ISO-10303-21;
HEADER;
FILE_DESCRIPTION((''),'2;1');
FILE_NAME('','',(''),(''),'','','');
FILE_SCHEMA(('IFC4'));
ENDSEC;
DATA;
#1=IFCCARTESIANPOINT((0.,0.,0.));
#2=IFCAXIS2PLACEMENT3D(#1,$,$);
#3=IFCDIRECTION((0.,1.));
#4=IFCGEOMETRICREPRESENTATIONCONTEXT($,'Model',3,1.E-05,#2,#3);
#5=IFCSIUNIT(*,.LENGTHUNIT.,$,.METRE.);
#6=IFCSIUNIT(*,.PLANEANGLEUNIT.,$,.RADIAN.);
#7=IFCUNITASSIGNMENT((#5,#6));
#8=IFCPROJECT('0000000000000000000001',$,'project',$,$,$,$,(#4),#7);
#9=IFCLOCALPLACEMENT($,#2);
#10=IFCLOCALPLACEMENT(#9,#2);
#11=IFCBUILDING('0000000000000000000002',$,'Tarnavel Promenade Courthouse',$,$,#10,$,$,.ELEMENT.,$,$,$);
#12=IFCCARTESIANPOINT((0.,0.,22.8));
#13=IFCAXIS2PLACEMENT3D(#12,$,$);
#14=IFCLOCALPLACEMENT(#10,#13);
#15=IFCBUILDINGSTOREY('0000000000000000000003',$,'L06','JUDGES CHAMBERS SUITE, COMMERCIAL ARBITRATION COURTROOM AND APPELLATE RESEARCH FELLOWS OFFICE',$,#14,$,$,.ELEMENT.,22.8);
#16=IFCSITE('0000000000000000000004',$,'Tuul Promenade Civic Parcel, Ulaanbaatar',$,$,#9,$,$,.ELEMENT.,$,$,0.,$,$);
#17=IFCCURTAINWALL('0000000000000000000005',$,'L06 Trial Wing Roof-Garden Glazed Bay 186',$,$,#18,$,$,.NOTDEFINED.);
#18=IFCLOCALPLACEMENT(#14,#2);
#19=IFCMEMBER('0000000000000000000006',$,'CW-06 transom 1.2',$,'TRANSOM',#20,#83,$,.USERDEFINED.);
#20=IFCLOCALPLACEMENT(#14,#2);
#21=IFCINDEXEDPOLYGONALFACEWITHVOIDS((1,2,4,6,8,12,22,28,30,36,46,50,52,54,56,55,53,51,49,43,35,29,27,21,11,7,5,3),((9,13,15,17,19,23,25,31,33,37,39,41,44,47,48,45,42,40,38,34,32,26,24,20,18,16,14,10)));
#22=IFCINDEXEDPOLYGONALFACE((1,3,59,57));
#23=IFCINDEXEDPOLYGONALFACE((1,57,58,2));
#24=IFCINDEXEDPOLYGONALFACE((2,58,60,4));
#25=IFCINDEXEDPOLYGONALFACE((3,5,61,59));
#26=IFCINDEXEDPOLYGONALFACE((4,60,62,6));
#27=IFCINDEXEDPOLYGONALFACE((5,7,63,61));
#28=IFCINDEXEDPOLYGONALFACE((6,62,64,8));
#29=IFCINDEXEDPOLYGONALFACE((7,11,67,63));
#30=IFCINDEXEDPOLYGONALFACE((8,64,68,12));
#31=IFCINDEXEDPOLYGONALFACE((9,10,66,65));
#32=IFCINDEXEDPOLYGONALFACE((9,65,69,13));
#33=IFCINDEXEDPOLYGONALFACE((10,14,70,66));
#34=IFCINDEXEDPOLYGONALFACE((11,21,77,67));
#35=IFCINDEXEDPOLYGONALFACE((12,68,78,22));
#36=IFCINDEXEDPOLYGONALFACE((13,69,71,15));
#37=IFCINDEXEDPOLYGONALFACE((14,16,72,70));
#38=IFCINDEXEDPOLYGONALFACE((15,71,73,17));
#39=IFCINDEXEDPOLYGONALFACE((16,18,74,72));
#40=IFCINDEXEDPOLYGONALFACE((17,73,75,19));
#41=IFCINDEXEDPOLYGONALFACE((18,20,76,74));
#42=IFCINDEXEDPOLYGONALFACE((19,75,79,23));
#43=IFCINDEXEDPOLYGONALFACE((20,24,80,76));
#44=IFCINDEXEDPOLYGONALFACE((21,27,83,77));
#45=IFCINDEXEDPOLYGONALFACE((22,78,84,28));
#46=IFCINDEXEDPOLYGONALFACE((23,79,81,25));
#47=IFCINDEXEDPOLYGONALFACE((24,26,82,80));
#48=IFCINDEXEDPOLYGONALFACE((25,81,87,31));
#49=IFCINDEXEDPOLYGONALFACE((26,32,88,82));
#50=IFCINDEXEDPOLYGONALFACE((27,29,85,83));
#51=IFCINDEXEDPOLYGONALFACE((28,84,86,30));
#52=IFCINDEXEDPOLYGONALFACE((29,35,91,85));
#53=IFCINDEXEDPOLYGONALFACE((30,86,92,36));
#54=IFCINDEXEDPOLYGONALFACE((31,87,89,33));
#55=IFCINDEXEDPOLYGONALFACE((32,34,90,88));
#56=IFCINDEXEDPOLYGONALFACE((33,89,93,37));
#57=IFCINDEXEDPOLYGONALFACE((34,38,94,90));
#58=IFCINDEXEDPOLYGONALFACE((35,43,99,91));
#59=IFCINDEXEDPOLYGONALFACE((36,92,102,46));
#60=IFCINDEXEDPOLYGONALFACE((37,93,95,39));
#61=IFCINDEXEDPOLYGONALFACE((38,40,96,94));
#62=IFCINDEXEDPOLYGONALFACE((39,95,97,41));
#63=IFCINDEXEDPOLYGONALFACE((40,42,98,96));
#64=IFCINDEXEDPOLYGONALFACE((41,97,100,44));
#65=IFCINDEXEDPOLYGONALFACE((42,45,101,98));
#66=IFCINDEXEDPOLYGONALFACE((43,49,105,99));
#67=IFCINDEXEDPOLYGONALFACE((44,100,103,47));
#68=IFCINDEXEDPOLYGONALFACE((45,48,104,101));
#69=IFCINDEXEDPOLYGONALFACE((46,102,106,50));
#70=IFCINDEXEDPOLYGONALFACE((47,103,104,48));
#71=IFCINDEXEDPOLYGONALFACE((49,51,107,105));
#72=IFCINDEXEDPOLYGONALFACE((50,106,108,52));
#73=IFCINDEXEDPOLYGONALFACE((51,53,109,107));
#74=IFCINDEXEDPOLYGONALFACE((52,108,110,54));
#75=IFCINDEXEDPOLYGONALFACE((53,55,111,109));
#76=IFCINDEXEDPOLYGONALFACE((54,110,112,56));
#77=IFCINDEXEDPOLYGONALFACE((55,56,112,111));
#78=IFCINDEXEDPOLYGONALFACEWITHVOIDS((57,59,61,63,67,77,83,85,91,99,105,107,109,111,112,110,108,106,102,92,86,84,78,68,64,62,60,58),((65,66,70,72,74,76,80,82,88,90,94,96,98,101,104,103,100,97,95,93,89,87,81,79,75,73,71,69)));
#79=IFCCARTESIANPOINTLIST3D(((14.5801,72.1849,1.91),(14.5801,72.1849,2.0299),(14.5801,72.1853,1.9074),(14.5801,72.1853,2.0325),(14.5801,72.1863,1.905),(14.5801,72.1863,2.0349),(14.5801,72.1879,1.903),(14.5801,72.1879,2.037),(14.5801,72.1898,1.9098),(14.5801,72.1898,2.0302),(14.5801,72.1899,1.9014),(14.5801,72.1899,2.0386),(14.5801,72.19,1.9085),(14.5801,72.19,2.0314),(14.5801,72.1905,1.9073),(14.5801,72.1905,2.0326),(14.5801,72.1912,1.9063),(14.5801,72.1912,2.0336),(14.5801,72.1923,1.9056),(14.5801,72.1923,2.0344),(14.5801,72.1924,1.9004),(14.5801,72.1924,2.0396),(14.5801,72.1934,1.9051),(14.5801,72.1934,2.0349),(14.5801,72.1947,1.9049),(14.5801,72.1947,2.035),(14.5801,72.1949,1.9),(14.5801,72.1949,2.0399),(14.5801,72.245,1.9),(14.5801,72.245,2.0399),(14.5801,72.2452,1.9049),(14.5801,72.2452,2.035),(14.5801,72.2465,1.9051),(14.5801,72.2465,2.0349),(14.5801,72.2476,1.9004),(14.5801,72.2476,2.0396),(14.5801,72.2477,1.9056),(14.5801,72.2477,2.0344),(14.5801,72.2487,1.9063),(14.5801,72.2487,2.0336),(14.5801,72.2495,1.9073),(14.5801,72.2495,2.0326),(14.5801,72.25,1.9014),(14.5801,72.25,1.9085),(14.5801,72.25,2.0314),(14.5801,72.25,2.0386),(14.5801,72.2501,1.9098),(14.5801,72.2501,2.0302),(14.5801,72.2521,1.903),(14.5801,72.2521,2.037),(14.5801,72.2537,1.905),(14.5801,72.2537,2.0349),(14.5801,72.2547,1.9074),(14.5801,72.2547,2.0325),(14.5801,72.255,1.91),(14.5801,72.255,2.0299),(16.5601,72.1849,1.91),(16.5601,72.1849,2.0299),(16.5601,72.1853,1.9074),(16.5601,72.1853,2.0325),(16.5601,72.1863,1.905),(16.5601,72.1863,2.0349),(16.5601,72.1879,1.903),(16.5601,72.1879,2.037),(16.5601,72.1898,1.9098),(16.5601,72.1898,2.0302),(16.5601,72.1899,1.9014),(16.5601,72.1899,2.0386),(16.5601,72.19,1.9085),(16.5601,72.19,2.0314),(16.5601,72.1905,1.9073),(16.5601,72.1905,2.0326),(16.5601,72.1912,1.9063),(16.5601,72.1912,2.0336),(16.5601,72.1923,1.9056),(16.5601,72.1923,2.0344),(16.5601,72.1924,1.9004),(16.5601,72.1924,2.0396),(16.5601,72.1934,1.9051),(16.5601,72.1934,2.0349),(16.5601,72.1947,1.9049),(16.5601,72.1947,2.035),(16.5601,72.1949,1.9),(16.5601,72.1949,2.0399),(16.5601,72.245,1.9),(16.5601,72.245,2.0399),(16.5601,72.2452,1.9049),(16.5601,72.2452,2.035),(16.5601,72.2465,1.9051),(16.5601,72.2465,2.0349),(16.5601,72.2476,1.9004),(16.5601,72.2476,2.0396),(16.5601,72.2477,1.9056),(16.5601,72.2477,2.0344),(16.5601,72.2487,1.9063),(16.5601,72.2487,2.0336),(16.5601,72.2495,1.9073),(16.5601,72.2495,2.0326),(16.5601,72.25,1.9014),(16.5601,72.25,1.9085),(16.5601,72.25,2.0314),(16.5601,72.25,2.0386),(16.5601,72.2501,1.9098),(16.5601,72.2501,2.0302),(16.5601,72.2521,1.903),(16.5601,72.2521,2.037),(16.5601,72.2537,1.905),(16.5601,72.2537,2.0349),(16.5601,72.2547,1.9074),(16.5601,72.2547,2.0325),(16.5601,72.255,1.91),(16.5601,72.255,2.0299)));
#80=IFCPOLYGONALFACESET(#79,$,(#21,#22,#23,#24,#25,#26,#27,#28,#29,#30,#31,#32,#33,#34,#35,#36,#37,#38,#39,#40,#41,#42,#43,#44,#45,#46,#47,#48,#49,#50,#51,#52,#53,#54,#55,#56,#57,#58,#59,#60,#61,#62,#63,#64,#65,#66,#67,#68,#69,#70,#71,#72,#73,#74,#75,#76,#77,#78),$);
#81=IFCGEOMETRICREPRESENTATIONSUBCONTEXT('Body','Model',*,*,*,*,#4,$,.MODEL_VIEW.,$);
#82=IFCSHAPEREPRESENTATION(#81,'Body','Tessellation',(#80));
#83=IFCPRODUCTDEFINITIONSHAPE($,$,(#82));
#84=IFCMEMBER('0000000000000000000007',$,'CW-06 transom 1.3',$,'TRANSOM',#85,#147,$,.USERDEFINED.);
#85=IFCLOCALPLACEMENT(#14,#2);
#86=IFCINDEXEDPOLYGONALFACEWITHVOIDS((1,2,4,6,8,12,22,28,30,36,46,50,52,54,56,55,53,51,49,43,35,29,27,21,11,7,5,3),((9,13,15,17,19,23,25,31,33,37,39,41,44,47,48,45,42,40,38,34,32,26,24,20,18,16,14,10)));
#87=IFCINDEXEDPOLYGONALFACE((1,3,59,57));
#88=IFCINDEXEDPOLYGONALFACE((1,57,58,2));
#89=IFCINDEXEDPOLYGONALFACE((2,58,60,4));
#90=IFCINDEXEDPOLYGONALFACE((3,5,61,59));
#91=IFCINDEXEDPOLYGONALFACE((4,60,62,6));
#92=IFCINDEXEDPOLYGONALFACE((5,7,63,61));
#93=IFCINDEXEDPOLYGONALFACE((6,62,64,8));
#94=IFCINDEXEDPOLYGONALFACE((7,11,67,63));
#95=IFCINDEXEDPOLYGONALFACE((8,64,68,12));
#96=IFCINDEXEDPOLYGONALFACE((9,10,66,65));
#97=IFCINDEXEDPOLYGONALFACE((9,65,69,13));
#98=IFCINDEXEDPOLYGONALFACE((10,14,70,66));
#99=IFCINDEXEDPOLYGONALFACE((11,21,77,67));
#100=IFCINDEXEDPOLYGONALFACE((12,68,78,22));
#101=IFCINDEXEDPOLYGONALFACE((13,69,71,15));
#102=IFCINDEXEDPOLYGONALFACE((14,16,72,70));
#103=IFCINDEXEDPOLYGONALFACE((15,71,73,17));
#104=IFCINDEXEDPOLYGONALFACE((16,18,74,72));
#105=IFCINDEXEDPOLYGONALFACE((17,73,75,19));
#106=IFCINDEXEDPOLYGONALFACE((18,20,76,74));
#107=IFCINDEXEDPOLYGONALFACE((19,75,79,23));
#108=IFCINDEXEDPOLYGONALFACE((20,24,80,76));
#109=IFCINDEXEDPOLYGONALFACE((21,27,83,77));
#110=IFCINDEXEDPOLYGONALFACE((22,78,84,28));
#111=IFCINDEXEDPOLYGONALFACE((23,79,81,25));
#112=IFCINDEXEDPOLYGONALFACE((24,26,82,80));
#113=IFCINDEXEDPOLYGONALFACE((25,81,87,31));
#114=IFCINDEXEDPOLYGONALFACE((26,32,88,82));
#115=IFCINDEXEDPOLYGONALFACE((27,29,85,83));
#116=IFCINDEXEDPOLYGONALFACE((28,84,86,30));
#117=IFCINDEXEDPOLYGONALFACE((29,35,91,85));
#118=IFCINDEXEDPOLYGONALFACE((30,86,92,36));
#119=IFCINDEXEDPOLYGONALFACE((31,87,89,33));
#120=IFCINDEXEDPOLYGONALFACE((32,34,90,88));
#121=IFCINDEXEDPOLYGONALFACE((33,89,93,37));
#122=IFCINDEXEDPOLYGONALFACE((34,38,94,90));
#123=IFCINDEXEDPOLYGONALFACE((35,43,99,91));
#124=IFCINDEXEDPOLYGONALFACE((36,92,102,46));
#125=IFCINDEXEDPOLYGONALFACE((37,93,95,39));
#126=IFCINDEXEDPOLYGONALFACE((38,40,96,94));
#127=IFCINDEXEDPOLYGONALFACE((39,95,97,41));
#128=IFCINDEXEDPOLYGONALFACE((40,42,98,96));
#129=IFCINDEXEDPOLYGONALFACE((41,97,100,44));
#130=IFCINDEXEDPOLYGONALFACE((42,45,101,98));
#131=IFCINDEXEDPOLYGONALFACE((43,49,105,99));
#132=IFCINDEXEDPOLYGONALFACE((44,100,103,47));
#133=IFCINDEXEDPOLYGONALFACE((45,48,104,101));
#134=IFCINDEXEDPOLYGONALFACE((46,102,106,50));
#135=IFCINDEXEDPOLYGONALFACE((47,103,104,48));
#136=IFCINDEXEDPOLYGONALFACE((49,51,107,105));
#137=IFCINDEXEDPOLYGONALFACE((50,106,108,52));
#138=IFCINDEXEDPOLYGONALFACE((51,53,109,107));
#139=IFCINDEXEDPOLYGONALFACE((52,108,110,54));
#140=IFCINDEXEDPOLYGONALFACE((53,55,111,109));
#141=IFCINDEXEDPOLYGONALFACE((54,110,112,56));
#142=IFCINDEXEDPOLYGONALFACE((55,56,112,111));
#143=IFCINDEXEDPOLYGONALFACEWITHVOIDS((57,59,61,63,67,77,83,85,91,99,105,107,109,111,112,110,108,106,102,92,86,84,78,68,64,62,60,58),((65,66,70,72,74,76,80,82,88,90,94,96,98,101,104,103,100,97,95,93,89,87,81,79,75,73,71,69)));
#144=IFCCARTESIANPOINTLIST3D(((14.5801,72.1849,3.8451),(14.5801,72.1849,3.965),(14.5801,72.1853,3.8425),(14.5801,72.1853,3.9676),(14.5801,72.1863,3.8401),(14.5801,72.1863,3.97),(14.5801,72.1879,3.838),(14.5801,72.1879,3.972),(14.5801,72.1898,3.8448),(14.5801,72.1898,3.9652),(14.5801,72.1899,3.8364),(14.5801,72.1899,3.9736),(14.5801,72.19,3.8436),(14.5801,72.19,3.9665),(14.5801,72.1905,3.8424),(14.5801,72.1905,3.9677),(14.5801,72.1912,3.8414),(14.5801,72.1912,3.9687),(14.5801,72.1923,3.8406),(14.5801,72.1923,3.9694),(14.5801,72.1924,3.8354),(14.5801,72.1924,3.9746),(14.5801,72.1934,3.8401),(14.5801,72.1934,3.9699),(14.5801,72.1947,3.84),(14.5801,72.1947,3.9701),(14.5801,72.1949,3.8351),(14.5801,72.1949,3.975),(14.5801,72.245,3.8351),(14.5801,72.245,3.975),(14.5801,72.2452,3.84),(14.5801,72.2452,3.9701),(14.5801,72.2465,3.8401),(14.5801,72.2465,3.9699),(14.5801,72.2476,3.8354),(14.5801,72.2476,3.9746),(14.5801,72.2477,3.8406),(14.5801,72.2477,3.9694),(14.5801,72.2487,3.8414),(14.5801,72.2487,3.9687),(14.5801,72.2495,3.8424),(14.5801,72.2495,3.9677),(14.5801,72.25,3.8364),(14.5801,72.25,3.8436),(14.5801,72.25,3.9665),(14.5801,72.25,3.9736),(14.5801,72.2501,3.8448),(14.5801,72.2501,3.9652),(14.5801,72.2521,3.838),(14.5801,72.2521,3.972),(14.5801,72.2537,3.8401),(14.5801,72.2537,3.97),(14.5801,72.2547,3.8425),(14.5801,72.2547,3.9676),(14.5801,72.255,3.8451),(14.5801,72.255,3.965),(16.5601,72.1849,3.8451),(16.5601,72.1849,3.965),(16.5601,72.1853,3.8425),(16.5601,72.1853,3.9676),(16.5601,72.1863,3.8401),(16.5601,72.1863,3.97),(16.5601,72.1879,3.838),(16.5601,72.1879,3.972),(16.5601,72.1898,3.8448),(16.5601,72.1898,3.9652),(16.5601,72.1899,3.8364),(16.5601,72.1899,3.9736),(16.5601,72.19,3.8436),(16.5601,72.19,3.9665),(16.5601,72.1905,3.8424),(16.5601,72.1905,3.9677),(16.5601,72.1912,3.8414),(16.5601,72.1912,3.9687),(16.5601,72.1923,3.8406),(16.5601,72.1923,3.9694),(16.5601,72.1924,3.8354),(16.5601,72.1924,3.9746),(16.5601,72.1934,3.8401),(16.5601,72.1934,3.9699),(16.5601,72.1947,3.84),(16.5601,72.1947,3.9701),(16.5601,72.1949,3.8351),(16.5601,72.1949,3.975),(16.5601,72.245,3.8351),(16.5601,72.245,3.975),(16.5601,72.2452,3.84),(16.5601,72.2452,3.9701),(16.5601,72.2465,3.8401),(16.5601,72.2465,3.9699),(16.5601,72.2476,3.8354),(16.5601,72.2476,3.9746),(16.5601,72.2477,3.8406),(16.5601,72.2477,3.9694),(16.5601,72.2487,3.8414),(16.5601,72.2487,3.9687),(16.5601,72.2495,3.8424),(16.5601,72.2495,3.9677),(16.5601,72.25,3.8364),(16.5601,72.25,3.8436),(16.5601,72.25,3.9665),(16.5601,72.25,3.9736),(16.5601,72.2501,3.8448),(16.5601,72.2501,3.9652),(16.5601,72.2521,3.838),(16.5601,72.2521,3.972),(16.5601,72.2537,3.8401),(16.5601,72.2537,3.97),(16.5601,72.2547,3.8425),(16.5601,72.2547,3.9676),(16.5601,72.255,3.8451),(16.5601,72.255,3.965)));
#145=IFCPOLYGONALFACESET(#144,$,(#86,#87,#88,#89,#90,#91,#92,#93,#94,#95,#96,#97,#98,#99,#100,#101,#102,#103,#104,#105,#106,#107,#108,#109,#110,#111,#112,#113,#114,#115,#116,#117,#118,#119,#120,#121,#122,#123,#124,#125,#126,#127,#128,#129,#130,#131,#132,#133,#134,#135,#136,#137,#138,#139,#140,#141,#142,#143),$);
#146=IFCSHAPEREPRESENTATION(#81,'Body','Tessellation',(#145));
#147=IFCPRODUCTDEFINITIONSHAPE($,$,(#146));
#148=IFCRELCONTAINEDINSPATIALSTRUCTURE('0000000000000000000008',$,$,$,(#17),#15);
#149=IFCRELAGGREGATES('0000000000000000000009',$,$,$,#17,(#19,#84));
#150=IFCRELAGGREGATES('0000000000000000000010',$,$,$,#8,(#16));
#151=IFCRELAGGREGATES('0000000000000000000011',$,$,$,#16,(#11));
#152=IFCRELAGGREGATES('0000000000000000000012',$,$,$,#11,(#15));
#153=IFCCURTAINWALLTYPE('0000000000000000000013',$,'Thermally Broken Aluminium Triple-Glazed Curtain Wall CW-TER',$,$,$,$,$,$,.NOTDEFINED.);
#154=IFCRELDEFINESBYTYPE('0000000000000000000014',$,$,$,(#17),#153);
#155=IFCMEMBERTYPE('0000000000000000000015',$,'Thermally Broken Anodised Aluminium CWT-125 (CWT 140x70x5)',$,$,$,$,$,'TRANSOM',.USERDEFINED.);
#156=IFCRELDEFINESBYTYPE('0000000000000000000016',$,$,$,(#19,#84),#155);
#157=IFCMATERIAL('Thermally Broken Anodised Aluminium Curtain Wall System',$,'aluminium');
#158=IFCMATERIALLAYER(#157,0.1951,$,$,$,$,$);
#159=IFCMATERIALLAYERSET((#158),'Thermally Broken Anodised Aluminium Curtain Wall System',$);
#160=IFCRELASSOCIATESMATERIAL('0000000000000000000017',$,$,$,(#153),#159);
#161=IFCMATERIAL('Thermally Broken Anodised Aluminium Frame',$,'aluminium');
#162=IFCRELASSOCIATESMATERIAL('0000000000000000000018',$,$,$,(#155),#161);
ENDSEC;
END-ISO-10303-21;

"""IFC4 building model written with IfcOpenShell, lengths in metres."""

from ifc_helpers import new_model, si_unit, direction, frame, origin, origin_2d, place, context, subcontext, project, spatial, hollow_rectangle, extrude, material, layer, layer_set, material_profile, profile_set, type_object, element, aggregate, save


model = new_model("IFC4")

# Units and contexts
model_context = context("Model", 3, precision=1e-05, world=origin(), true_north=direction((0.0, 1.0)))
body_context = subcontext(model_context, "Body", "Model", "MODEL_VIEW")
ifc_project = project(units=[si_unit("LENGTHUNIT", "METRE"), si_unit("PLANEANGLEUNIT", "RADIAN")], contexts=[model_context])

# Site, building, storey
site_placement = place(None, origin())
site = spatial("IfcSite", under=ifc_project, at=site_placement, Name="Tuul Promenade Civic Parcel, Ulaanbaatar", CompositionType="ELEMENT", RefElevation=0.0)
building_placement = place(site_placement, origin())
building = spatial("IfcBuilding", under=site, at=building_placement, Name="Tarnavel Promenade Courthouse", CompositionType="ELEMENT")
storey_placement = place(building_placement, frame((0.0, 0.0, 22.8)))
storey = spatial("IfcBuildingStorey", under=building, at=storey_placement, Name="L06", Description="JUDGES CHAMBERS SUITE, COMMERCIAL ARBITRATION COURTROOM AND APPELLATE RESEARCH FELLOWS OFFICE", CompositionType="ELEMENT", Elevation=22.8)

# Shared definitions
ifc_material_1 = material(Name="Thermally Broken Anodised Aluminium Curtain Wall System", Category="aluminium")
ifc_layer_1 = layer(ifc_material_1, 0.1951)
ifc_layer_set_1 = layer_set([ifc_layer_1], Name="Thermally Broken Anodised Aluminium Curtain Wall System")
curtain_wall_type = type_object("IfcCurtainWallType", Name="Thermally Broken Aluminium Triple-Glazed Curtain Wall CW-TER", PredefinedType="NOTDEFINED", material=ifc_layer_set_1)
ifc_material_2 = material(Name="Thermally Broken Anodised Aluminium Frame", Category="aluminium")

# Curtain wall
curtain_wall_1_placement = place(storey_placement, origin())
curtain_wall_1 = element("IfcCurtainWall", 1, at=curtain_wall_1_placement, inside=storey, type_object=curtain_wall_type, Name="L06 Trial Wing Roof-Garden Glazed Bay 186", PredefinedType="NOTDEFINED")

# Members
ifc_material_profile_1 = material_profile(ifc_material_2, hollow_rectangle(XDim=0.0701, YDim=0.1399, WallThickness=0.0049, InnerFilletRadius=0.0049, OuterFilletRadius=0.01, at=origin_2d()), Name="CWT 140x70x5")
ifc_profile_set_1 = profile_set([ifc_material_profile_1], Name="Thermally Broken Anodised Aluminium Frame")
member_type_1 = type_object("IfcMemberType", Name="Thermally Broken Anodised Aluminium CWT-125 (CWT 140x70x5)", ElementType="TRANSOM", PredefinedType="USERDEFINED", material=ifc_profile_set_1)
member_1_placement = place(storey_placement, frame((14.5801, 72.22, 1.97), z_axis=(1.0, 0.0, 0.0), x_axis=(0.0, 1.0, 0.0)))
member_1 = element("IfcMember", 2, at=member_1_placement, type_object=member_type_1, Name="CW-06 transom 1.2", ObjectType="TRANSOM", PredefinedType="USERDEFINED", context=body_context, shape_type="SweptSolid", body=[
    extrude(hollow_rectangle(XDim=0.0701, YDim=0.1399, WallThickness=0.0049, InnerFilletRadius=0.0049, OuterFilletRadius=0.01, at=origin_2d()), origin(), (0.0, 0.0, 1.0), 1.98),
])
member_2_placement = place(storey_placement, frame((14.5801, 72.22, 3.905), z_axis=(1.0, 0.0, 0.0), x_axis=(0.0, 1.0, 0.0)))
member_2 = element("IfcMember", 3, at=member_2_placement, type_object=member_type_1, Name="CW-06 transom 1.3", ObjectType="TRANSOM", PredefinedType="USERDEFINED", context=body_context, shape_type="SweptSolid", body=[
    extrude(hollow_rectangle(XDim=0.0701, YDim=0.1399, WallThickness=0.0049, InnerFilletRadius=0.0049, OuterFilletRadius=0.01, at=origin_2d()), origin(), (0.0, 0.0, 1.0), 1.98),
])

aggregate(curtain_wall_1, [member_1, member_2])

save(model, "model.ifc")
